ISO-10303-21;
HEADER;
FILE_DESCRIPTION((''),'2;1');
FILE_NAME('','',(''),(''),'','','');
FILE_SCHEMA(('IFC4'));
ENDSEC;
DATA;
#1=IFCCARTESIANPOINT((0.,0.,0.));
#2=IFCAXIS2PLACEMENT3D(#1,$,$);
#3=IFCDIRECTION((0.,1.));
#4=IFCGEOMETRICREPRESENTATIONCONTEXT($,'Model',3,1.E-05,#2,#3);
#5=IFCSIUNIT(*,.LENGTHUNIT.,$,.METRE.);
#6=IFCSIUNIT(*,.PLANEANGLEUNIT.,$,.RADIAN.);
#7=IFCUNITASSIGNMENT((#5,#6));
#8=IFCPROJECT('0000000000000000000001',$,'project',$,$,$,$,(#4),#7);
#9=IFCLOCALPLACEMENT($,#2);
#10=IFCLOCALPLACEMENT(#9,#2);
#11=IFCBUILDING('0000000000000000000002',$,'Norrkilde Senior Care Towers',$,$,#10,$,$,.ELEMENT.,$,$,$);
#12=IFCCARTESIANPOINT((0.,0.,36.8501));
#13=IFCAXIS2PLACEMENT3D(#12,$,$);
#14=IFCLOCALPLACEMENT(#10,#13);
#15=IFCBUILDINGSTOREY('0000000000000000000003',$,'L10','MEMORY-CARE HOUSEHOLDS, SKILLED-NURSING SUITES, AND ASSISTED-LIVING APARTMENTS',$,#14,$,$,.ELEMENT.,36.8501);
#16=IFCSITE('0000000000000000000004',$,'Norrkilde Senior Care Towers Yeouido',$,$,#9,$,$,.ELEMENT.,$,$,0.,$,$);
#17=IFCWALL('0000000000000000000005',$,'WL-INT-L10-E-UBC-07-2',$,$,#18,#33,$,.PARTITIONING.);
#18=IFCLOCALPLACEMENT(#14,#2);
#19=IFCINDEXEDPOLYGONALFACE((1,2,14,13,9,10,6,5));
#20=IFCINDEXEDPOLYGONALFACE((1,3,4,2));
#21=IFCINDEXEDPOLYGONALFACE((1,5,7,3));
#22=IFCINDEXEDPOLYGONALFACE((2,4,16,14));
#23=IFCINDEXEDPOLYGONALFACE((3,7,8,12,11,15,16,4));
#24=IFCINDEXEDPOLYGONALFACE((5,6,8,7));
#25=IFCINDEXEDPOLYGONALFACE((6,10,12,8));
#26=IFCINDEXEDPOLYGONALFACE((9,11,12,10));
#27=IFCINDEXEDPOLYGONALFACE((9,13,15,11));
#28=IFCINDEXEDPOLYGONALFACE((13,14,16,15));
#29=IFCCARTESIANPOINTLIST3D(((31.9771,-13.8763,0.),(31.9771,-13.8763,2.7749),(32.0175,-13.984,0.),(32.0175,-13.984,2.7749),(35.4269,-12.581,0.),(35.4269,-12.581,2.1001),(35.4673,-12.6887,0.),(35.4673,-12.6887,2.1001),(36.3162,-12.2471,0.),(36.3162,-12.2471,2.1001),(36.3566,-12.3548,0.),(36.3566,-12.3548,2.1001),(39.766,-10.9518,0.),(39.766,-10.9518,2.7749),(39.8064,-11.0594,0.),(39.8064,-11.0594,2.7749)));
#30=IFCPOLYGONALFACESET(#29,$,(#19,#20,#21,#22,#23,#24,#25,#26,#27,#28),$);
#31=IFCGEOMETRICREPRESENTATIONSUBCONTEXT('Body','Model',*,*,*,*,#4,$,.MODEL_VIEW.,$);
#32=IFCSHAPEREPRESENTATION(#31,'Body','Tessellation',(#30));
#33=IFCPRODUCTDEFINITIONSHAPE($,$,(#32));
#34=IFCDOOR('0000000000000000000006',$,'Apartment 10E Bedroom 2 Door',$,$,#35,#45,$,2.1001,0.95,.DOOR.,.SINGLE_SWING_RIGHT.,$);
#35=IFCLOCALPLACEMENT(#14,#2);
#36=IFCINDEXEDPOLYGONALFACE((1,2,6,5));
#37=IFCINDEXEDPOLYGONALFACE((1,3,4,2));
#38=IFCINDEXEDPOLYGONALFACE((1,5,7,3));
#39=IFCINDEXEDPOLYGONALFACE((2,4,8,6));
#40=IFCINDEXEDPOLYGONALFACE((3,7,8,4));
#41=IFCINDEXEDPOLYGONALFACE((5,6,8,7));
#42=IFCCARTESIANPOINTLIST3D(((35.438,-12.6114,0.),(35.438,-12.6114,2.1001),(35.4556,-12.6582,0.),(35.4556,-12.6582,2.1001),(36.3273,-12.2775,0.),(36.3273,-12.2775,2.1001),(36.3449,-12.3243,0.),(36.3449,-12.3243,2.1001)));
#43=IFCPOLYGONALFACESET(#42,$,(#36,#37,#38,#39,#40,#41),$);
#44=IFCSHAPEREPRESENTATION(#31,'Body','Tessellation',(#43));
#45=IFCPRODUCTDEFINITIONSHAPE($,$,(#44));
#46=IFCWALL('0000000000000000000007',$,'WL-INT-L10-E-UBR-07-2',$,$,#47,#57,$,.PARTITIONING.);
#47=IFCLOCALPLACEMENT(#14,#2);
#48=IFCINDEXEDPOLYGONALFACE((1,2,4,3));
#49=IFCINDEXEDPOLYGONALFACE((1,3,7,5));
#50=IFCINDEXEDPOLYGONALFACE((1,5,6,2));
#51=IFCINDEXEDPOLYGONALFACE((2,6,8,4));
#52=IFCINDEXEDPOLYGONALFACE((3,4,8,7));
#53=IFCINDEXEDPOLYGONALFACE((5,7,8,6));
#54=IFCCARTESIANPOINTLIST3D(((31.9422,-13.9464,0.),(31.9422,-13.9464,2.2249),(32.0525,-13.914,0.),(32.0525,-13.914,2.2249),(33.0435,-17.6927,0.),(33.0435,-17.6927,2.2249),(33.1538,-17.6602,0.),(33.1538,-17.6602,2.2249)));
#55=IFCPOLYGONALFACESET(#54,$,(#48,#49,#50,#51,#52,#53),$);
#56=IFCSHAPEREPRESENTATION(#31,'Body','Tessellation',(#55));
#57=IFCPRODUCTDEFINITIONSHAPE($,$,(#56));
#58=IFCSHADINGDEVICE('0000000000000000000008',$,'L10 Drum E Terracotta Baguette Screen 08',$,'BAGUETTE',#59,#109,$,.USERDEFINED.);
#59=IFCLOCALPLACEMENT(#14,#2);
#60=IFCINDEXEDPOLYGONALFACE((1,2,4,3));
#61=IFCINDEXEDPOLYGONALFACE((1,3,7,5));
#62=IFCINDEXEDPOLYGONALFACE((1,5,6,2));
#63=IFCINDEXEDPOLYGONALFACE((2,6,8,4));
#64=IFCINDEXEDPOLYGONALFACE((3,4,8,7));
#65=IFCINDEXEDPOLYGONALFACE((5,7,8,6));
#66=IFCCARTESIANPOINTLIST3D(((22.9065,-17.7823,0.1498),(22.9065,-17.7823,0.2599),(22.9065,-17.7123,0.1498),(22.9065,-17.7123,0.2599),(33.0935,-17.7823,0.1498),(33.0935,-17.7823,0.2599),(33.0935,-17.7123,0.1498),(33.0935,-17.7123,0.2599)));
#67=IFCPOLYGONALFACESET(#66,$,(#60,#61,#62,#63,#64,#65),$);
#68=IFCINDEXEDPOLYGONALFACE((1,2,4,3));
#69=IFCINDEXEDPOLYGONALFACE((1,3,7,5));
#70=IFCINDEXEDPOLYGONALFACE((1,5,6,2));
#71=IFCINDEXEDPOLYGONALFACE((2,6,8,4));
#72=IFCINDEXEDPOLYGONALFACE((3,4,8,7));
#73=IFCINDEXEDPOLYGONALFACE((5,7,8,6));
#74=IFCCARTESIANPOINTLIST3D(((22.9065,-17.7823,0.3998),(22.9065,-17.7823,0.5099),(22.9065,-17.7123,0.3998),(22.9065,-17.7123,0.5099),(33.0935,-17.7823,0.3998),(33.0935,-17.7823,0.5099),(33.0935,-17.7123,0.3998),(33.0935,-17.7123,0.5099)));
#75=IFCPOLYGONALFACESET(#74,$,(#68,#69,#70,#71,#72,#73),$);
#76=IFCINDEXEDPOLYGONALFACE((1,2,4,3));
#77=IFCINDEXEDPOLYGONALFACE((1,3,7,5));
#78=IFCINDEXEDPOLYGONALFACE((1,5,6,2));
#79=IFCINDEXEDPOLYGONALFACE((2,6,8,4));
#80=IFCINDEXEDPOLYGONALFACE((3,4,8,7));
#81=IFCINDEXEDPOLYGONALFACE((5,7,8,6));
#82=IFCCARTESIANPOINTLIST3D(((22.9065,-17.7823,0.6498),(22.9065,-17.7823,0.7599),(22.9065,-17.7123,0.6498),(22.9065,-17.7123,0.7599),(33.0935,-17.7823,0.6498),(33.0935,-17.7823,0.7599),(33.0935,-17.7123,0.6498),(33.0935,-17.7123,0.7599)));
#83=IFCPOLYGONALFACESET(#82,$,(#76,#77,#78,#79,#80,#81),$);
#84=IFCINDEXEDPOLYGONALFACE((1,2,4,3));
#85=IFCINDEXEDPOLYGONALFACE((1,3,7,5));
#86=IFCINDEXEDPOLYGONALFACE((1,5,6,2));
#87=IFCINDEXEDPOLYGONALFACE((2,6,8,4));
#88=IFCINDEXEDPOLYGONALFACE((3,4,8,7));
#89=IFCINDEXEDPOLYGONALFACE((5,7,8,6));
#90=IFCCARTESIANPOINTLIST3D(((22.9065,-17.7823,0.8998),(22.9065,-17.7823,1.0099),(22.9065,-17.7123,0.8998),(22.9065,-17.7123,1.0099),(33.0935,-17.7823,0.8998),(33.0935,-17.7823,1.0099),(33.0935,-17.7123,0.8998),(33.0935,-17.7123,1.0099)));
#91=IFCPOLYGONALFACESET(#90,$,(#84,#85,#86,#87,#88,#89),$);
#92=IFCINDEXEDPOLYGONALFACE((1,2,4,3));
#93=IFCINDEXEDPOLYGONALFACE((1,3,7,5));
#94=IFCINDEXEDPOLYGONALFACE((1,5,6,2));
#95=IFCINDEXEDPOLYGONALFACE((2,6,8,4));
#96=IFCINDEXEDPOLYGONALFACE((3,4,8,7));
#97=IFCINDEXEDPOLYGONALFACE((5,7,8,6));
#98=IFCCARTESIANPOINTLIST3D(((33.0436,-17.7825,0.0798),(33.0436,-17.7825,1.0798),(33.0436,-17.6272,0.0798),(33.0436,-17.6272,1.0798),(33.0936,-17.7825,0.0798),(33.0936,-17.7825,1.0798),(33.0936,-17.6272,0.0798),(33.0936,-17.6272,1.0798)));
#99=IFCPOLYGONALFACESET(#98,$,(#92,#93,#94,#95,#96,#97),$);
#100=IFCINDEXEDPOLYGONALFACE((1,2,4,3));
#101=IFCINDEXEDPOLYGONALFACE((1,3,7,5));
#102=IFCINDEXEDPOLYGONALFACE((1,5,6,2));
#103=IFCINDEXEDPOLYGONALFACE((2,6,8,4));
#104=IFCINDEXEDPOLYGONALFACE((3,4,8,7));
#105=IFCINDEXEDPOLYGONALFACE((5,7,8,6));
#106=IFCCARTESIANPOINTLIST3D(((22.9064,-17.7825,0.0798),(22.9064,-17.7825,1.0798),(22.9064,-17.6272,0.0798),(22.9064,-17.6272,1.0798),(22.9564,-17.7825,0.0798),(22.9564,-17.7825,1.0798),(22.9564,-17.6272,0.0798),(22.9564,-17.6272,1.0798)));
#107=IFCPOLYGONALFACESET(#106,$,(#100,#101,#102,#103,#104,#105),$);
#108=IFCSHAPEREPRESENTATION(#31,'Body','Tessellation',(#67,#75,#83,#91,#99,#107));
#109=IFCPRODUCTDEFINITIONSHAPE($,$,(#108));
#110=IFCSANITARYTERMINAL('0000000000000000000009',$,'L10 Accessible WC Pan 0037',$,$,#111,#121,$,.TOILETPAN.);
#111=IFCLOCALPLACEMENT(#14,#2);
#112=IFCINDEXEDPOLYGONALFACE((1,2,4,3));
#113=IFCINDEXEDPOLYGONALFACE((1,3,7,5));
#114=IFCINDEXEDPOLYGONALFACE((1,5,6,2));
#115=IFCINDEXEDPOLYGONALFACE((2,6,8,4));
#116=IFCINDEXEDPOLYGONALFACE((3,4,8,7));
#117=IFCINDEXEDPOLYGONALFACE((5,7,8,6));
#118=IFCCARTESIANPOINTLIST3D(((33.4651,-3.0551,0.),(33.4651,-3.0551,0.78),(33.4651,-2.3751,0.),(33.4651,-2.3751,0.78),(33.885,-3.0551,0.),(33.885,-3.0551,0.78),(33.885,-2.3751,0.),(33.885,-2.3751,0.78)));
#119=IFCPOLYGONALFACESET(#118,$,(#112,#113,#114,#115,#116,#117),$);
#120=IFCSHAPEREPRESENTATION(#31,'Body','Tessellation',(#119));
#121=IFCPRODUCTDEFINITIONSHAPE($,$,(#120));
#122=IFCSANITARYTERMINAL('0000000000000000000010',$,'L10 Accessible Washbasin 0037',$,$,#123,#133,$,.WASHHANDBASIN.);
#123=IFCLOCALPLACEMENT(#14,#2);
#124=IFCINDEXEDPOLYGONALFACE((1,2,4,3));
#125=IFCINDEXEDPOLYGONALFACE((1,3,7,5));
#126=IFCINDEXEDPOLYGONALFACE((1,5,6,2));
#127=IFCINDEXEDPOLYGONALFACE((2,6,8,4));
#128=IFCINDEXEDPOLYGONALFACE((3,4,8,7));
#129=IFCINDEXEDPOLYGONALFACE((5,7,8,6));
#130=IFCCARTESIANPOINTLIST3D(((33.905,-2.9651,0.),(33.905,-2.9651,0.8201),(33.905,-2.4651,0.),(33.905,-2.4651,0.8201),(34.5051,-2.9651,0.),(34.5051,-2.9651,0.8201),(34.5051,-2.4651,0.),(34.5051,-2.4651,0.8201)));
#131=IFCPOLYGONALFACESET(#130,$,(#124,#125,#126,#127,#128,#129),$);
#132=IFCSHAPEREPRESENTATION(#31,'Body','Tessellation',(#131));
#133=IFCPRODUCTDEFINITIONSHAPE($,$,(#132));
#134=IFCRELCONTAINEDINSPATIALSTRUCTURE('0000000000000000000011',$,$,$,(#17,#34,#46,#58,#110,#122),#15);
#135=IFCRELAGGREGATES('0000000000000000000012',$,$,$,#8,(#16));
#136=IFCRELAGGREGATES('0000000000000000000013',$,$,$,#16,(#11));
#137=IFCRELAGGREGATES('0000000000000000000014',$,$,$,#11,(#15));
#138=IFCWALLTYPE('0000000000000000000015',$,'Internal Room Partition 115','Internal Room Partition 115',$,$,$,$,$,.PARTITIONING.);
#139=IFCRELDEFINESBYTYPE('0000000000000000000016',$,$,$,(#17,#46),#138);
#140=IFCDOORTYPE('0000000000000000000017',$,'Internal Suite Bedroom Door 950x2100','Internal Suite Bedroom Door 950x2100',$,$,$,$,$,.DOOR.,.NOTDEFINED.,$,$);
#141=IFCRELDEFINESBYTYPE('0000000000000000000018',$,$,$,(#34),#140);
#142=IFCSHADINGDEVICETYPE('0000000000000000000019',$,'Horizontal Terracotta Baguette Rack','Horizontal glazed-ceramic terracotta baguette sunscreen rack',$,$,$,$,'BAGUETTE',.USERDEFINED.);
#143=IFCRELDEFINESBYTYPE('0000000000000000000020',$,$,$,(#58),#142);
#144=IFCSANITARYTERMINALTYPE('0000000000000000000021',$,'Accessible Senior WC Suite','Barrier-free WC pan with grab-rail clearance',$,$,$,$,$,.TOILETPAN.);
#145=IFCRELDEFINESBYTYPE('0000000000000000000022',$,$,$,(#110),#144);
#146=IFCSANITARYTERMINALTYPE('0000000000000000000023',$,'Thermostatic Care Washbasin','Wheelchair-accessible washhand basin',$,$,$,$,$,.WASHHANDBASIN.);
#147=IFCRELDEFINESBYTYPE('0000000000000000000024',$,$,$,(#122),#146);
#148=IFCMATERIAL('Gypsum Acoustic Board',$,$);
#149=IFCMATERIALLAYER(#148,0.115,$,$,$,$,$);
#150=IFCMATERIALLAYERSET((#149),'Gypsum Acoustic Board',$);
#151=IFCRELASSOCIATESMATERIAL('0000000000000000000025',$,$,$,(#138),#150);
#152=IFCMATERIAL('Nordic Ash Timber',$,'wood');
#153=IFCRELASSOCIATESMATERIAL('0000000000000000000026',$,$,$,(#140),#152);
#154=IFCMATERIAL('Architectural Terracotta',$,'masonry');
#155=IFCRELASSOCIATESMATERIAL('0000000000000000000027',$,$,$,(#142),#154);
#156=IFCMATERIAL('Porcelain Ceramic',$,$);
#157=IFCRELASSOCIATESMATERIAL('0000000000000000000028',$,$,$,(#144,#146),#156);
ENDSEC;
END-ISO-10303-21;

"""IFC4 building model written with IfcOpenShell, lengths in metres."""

from ifc_helpers import new_model, si_unit, direction, frame, frame_2d, origin, origin_2d, place, context, subcontext, project, spatial, rectangle, extrude, source, transform, mapped, material, layer, layer_set, type_object, type_shapes, element, fill, save


model = new_model("IFC4")

# Units and contexts
model_context = context("Model", 3, precision=1e-05, world=origin(), true_north=direction((0.0, 1.0)))
body_context = subcontext(model_context, "Body", "Model", "MODEL_VIEW")
ifc_project = project(units=[si_unit("LENGTHUNIT", "METRE"), si_unit("PLANEANGLEUNIT", "RADIAN")], contexts=[model_context])

# Site, building, storey
site_placement = place(None, origin())
site = spatial("IfcSite", under=ifc_project, at=site_placement, Name="Norrkilde Senior Care Towers Yeouido", CompositionType="ELEMENT", RefElevation=0.0)
building_placement = place(site_placement, origin())
building = spatial("IfcBuilding", under=site, at=building_placement, Name="Norrkilde Senior Care Towers", CompositionType="ELEMENT")
storey_placement = place(building_placement, frame((0.0, 0.0, 36.8501)))
storey = spatial("IfcBuildingStorey", under=building, at=storey_placement, Name="L10", Description="MEMORY-CARE HOUSEHOLDS, SKILLED-NURSING SUITES, AND ASSISTED-LIVING APARTMENTS", CompositionType="ELEMENT", Elevation=36.8501)

# Shared definitions
ifc_material_1 = material(Name="Gypsum Acoustic Board")
ifc_layer_1 = layer(ifc_material_1, 0.115)
ifc_layer_set_1 = layer_set([ifc_layer_1], Name="Gypsum Acoustic Board")
wall_type_1 = type_object("IfcWallType", Name="Internal Room Partition 115", Description="Internal Room Partition 115", PredefinedType="PARTITIONING", material=ifc_layer_set_1)

# Wall, opening, door
shared_shape_1 = source(origin(), body_context, "Body", "SweptSolid", [
    extrude(rectangle(XDim=8.3198, YDim=0.115, at=frame_2d((4.1599, 0.0))), origin(), (0.0, 0.0, 1.0), 2.7749),
])
wall_1_placement = place(storey_placement, frame((31.9973, -13.9302, 0.0), z_axis=(0.0, 0.0, 1.0), x_axis=(0.936181, 0.351519, 0.0)))
wall_1 = element("IfcWall", 1, at=wall_1_placement, inside=storey, type_object=wall_type_1, Name="WL-INT-L10-E-UBC-07-2", PredefinedType="PARTITIONING", context=body_context, shape_type="MappedRepresentation", body=[
    mapped(shared_shape_1, transform((0.0, 0.0, 0.0), x_axis=(1.0, 0.0, 0.0), y_axis=(0.0, 1.0, 0.0), z_axis=(0.0, 0.0, 1.0), scale=1.0)),
])
opening_1_placement = place(wall_1_placement, frame((3.6848, 0.0, 0.0)))
opening_1 = element("IfcOpeningElement", 2, at=opening_1_placement, cuts=wall_1, PredefinedType="OPENING", context=body_context, shape_type="SweptSolid", body=[
    extrude(rectangle(XDim=0.95, YDim=2.1001, at=frame_2d((0.4751, 1.05))), frame((0.0, 0.0674, 0.0), z_axis=(0.0, -1.0, 0.0), x_axis=(1.0, 0.0, 0.0)), (0.0, 0.0, 1.0), 0.135),
])
ifc_material_2 = material(Name="Nordic Ash Timber", Category="wood")
door_type_1 = type_object("IfcDoorType", Name="Internal Suite Bedroom Door 950x2100", Description="Internal Suite Bedroom Door 950x2100", OperationType="NOTDEFINED", PredefinedType="DOOR", material=ifc_material_2)
shared_shape_2 = source(origin(), body_context, "Body", "SweptSolid", [
    extrude(rectangle(XDim=0.95, YDim=2.1001, at=frame_2d((0.4751, 1.05))), frame((0.0, 0.0249, 0.0), z_axis=(0.0, -1.0, 0.0), x_axis=(1.0, 0.0, 0.0)), (0.0, 0.0, 1.0), 0.05),
])
type_shapes(door_type_1, [shared_shape_2])
door_1_placement = place(opening_1_placement, frame((0.95, 0.0, 0.0), z_axis=(0.0, 0.0, 1.0), x_axis=(-1.0, 0.0, 0.0)))
door_1 = element("IfcDoor", 3, at=door_1_placement, inside=storey, type_object=door_type_1, Name="Apartment 10E Bedroom 2 Door", OperationType="SINGLE_SWING_RIGHT", OverallHeight=2.1001, OverallWidth=0.95, PredefinedType="DOOR", context=body_context, shape_type="MappedRepresentation", body=[
    mapped(shared_shape_2, transform((0.0, 0.0, 0.0), x_axis=(1.0, 0.0, 0.0), y_axis=(0.0, 1.0, 0.0), z_axis=(0.0, 0.0, 1.0), scale=1.0)),
])
fill(opening_1, door_1)

# Wall
shared_shape_3 = source(origin(), body_context, "Body", "SweptSolid", [
    extrude(rectangle(XDim=3.9048, YDim=0.115, at=frame_2d((1.9524, 0.0))), origin(), (0.0, 0.0, 1.0), 2.2249),
])
wall_2_placement = place(storey_placement, frame((31.9973, -13.9302, 0.0), z_axis=(0.0, 0.0, 1.0), x_axis=(0.282038, -0.959403, 0.0)))
element("IfcWall", 4, at=wall_2_placement, inside=storey, type_object=wall_type_1, Name="WL-INT-L10-E-UBR-07-2", PredefinedType="PARTITIONING", context=body_context, shape_type="MappedRepresentation", body=[
    mapped(shared_shape_3, transform((0.0, 0.0, 0.0), x_axis=(1.0, 0.0, 0.0), y_axis=(0.0, 1.0, 0.0), z_axis=(0.0, 0.0, 1.0), scale=1.0)),
])

# Shading device
ifc_material_3 = material(Name="Architectural Terracotta", Category="masonry")
shading_device_type = type_object("IfcShadingDeviceType", Name="Horizontal Terracotta Baguette Rack", Description="Horizontal glazed-ceramic terracotta baguette sunscreen rack", ElementType="BAGUETTE", PredefinedType="USERDEFINED", material=ifc_material_3)
shared_shape_4 = source(origin(), body_context, "Body", "SweptSolid", [
    extrude(rectangle(XDim=0.0701, YDim=0.1101, at=origin_2d()), frame((0.0, 0.0901, 0.125), z_axis=(1.0, 0.0, 0.0), x_axis=(0.0, 1.0, 0.0)), (0.0, 0.0, 1.0), 10.187),
    extrude(rectangle(XDim=0.0701, YDim=0.1101, at=origin_2d()), frame((0.0, 0.0901, 0.375), z_axis=(1.0, 0.0, 0.0), x_axis=(0.0, 1.0, 0.0)), (0.0, 0.0, 1.0), 10.187),
    extrude(rectangle(XDim=0.0701, YDim=0.1101, at=origin_2d()), frame((0.0, 0.0901, 0.625), z_axis=(1.0, 0.0, 0.0), x_axis=(0.0, 1.0, 0.0)), (0.0, 0.0, 1.0), 10.187),
    extrude(rectangle(XDim=0.0701, YDim=0.1101, at=origin_2d()), frame((0.0, 0.0901, 0.875), z_axis=(1.0, 0.0, 0.0), x_axis=(0.0, 1.0, 0.0)), (0.0, 0.0, 1.0), 10.187),
    extrude(rectangle(XDim=0.05, YDim=0.1553, at=origin_2d()), frame((0.0249, 0.0476, 0.0)), (0.0, 0.0, 1.0), 1.0),
    extrude(rectangle(XDim=0.05, YDim=0.1553, at=origin_2d()), frame((10.1621, 0.0476, 0.0)), (0.0, 0.0, 1.0), 1.0),
])
type_shapes(shading_device_type, [shared_shape_4])
shading_device_placement = place(storey_placement, frame((33.0935, -17.6572, 0.0798), z_axis=(0.0, 0.0, 1.0), x_axis=(-1.0, 0.0, 0.0)))
element("IfcShadingDevice", 5, at=shading_device_placement, inside=storey, type_object=shading_device_type, Name="L10 Drum E Terracotta Baguette Screen 08", ObjectType="BAGUETTE", PredefinedType="USERDEFINED", context=body_context, shape_type="MappedRepresentation", body=[
    mapped(shared_shape_4, transform((0.0, 0.0, 0.0), x_axis=(1.0, 0.0, 0.0), y_axis=(0.0, 1.0, 0.0), z_axis=(0.0, 0.0, 1.0), scale=1.0)),
])

# Sanitary terminals
ifc_material_4 = material(Name="Porcelain Ceramic")
sanitary_terminal_type_1 = type_object("IfcSanitaryTerminalType", Name="Accessible Senior WC Suite", Description="Barrier-free WC pan with grab-rail clearance", PredefinedType="TOILETPAN", material=ifc_material_4)
shared_shape_5 = source(origin(), body_context, "Body", "SweptSolid", [
    extrude(rectangle(XDim=0.4199, YDim=0.6799, at=origin_2d()), origin(), (0.0, 0.0, 1.0), 0.78),
])
type_shapes(sanitary_terminal_type_1, [shared_shape_5])
sanitary_terminal_1_placement = place(storey_placement, frame((33.675, -2.7151, 0.0), z_axis=(0.0, 0.0, 1.0), x_axis=(1.0, 0.0, 0.0)))
element("IfcSanitaryTerminal", 6, at=sanitary_terminal_1_placement, inside=storey, type_object=sanitary_terminal_type_1, Name="L10 Accessible WC Pan 0037", PredefinedType="TOILETPAN", context=body_context, shape_type="MappedRepresentation", body=[
    mapped(shared_shape_5, transform((0.0, 0.0, 0.0), x_axis=(1.0, 0.0, 0.0), y_axis=(0.0, 1.0, 0.0), z_axis=(0.0, 0.0, 1.0), scale=1.0)),
])
sanitary_terminal_type_2 = type_object("IfcSanitaryTerminalType", Name="Thermostatic Care Washbasin", Description="Wheelchair-accessible washhand basin", PredefinedType="WASHHANDBASIN", material=ifc_material_4)
shared_shape_6 = source(origin(), body_context, "Body", "SweptSolid", [
    extrude(rectangle(XDim=0.6001, YDim=0.5, at=origin_2d()), origin(), (0.0, 0.0, 1.0), 0.8201),
])
type_shapes(sanitary_terminal_type_2, [shared_shape_6])
sanitary_terminal_2_placement = place(storey_placement, frame((34.2051, -2.7151, 0.0), z_axis=(0.0, 0.0, 1.0), x_axis=(1.0, 0.0, 0.0)))
element("IfcSanitaryTerminal", 7, at=sanitary_terminal_2_placement, inside=storey, type_object=sanitary_terminal_type_2, Name="L10 Accessible Washbasin 0037", PredefinedType="WASHHANDBASIN", context=body_context, shape_type="MappedRepresentation", body=[
    mapped(shared_shape_6, transform((0.0, 0.0, 0.0), x_axis=(1.0, 0.0, 0.0), y_axis=(0.0, 1.0, 0.0), z_axis=(0.0, 0.0, 1.0), scale=1.0)),
])

save(model, "model.ifc")
